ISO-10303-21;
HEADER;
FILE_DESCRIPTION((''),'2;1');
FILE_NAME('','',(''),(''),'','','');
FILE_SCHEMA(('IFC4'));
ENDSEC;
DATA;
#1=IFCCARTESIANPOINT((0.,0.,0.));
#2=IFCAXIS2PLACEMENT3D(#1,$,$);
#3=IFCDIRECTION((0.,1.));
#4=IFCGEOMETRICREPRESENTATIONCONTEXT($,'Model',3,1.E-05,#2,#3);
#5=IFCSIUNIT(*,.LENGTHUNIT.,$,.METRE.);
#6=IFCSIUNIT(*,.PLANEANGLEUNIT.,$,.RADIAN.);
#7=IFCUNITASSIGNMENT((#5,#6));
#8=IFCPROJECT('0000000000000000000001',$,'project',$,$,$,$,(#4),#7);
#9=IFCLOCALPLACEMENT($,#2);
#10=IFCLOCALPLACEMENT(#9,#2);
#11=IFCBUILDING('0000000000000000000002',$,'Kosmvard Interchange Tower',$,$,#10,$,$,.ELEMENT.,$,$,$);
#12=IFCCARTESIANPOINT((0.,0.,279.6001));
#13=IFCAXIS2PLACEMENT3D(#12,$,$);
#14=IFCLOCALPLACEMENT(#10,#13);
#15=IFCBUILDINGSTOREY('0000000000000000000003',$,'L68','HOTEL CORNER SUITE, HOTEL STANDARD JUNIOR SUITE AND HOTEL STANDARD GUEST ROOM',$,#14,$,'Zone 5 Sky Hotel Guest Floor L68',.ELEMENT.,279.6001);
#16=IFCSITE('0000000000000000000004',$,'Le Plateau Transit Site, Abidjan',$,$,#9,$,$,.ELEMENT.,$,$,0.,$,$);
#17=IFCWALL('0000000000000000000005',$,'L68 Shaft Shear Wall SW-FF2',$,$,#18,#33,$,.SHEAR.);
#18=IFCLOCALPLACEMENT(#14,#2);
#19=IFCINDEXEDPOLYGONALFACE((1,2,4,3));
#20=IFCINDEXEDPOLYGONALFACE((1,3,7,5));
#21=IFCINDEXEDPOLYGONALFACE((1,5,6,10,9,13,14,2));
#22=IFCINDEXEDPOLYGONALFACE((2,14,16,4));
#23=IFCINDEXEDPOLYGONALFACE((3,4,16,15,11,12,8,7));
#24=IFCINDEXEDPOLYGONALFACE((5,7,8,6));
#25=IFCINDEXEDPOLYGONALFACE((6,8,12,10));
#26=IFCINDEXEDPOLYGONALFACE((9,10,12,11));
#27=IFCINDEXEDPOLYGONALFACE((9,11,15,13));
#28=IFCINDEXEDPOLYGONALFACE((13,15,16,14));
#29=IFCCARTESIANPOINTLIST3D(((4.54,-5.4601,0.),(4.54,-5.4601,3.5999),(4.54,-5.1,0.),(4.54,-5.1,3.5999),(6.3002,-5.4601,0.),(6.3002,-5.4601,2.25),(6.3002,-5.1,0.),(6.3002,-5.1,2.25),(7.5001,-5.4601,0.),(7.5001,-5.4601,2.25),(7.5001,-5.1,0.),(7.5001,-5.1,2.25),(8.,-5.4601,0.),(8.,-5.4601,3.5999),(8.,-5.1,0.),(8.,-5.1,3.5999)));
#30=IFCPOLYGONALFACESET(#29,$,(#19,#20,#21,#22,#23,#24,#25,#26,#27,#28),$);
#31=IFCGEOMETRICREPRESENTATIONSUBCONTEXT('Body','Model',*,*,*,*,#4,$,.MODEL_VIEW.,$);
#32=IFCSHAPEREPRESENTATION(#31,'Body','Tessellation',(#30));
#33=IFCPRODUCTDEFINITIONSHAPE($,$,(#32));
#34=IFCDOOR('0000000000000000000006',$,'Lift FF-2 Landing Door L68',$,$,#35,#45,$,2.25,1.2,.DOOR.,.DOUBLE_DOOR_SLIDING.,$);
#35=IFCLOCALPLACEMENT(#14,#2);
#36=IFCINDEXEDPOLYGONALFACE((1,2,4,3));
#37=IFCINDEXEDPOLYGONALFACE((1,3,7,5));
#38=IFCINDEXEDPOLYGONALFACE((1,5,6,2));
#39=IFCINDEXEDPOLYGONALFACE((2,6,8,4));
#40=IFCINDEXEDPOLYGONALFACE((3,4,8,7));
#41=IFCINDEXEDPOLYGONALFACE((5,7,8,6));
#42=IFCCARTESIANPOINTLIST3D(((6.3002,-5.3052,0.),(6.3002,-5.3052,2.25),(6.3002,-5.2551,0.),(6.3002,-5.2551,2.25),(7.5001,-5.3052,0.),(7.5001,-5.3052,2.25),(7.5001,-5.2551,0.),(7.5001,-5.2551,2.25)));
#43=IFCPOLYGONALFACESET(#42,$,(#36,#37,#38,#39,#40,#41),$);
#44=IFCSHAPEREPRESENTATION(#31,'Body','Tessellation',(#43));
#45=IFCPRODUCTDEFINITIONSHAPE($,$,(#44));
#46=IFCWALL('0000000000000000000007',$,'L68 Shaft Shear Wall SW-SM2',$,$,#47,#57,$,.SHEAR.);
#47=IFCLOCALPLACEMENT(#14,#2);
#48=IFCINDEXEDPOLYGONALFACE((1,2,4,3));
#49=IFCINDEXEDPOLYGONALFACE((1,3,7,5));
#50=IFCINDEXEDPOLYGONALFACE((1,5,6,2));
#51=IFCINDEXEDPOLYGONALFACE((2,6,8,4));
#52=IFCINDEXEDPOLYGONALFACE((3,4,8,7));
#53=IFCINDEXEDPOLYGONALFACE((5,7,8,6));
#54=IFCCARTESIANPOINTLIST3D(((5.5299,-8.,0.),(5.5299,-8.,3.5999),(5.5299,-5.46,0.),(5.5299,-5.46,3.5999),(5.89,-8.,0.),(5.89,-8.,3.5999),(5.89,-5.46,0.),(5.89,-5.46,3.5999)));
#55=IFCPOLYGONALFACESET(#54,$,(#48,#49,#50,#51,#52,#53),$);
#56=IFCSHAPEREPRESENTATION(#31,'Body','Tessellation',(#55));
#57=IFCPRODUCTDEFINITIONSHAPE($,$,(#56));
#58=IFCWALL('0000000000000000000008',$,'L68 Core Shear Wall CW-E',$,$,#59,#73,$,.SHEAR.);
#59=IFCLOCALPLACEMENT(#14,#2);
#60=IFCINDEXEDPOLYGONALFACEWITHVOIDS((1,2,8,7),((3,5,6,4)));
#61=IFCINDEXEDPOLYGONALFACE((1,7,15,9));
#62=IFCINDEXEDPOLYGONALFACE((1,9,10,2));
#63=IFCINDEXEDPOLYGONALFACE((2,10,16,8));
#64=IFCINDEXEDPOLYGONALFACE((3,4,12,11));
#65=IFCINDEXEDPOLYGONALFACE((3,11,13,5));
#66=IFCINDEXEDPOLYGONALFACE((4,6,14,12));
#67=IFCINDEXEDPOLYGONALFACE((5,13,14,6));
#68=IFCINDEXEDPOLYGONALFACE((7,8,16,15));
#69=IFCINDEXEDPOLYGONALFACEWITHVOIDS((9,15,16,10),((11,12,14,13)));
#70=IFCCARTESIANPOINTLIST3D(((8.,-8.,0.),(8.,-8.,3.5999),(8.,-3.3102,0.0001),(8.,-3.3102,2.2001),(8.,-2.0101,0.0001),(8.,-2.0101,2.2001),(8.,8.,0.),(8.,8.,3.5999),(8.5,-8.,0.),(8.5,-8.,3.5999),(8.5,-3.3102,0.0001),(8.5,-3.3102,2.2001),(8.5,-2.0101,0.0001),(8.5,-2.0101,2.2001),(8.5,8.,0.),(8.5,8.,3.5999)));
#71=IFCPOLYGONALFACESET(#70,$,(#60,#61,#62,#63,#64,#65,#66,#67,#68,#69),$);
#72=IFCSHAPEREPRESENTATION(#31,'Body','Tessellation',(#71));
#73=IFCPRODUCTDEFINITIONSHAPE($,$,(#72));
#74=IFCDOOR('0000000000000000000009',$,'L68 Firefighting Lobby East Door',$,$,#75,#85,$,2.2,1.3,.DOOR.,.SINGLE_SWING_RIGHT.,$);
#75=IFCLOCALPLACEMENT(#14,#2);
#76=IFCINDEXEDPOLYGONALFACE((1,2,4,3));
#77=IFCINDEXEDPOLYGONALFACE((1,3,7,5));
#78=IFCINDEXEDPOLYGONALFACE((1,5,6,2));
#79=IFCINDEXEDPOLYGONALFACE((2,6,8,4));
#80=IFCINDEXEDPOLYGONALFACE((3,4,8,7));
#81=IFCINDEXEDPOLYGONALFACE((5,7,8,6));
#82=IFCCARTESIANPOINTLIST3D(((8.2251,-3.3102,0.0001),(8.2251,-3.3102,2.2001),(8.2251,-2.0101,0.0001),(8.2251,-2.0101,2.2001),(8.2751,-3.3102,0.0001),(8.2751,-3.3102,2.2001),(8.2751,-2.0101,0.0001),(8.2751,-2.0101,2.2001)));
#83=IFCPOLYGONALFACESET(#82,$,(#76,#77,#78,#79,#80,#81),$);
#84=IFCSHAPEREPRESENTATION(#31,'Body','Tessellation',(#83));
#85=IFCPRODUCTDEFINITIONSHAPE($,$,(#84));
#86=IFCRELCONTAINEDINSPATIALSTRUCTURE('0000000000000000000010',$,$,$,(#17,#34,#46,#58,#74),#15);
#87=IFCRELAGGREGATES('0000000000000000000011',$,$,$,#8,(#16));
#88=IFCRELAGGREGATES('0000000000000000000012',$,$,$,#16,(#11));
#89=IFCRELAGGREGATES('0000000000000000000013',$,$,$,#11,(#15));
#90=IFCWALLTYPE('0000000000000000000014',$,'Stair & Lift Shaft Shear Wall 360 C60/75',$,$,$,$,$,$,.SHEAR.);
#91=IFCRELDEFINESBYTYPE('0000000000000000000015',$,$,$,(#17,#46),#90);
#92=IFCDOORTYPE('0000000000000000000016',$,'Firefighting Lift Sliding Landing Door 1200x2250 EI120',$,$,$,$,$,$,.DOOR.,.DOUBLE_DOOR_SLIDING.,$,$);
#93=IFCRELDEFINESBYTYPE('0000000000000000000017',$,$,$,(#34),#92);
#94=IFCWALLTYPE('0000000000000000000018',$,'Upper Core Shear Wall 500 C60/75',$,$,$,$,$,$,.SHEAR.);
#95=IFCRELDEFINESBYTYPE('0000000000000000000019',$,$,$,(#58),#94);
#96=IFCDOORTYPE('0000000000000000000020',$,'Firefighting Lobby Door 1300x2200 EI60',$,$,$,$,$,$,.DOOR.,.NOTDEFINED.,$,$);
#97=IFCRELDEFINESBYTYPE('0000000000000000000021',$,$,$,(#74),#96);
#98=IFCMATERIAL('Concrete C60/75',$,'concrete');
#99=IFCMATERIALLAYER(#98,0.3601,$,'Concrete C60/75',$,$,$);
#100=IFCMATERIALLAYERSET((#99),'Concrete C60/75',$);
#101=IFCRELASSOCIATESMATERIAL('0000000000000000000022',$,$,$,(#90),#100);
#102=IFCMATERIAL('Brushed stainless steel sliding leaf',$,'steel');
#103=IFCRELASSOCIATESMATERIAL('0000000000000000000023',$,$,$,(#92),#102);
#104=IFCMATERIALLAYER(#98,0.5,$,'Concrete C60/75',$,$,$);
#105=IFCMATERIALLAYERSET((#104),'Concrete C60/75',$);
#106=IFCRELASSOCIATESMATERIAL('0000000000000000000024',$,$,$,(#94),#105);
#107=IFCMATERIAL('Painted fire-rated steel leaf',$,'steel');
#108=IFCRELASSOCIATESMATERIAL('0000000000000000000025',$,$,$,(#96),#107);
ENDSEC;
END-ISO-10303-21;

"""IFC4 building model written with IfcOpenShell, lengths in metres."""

from ifc_helpers import new_model, si_unit, direction, frame, frame_2d, origin, place, context, subcontext, project, spatial, rectangle, extrude, source, transform, mapped, material, layer, layer_set, type_object, element, fill, save


model = new_model("IFC4")

# Units and contexts
model_context = context("Model", 3, precision=1e-05, world=origin(), true_north=direction((0.0, 1.0)))
body_context = subcontext(model_context, "Body", "Model", "MODEL_VIEW")
ifc_project = project(units=[si_unit("LENGTHUNIT", "METRE"), si_unit("PLANEANGLEUNIT", "RADIAN")], contexts=[model_context])

# Site, building, storey
site_placement = place(None, origin())
site = spatial("IfcSite", under=ifc_project, at=site_placement, Name="Le Plateau Transit Site, Abidjan", CompositionType="ELEMENT", RefElevation=0.0)
building_placement = place(site_placement, origin())
building = spatial("IfcBuilding", under=site, at=building_placement, Name="Kosmvard Interchange Tower", CompositionType="ELEMENT")
storey_placement = place(building_placement, frame((0.0, 0.0, 279.6001)))
storey = spatial("IfcBuildingStorey", under=building, at=storey_placement, Name="L68", Description="HOTEL CORNER SUITE, HOTEL STANDARD JUNIOR SUITE AND HOTEL STANDARD GUEST ROOM", LongName="Zone 5 Sky Hotel Guest Floor L68", CompositionType="ELEMENT", Elevation=279.6001)

# Shared definitions
ifc_material_1 = material(Name="Painted fire-rated steel leaf", Category="steel")
ifc_material_2 = material(Name="Brushed stainless steel sliding leaf", Category="steel")

# Shared definitions
ifc_material_3 = material(Name="Concrete C60/75", Category="concrete")
ifc_layer_1 = layer(ifc_material_3, 0.3601, Name="Concrete C60/75")
ifc_layer_set_1 = layer_set([ifc_layer_1], Name="Concrete C60/75")
wall_type_1 = type_object("IfcWallType", Name="Stair & Lift Shaft Shear Wall 360 C60/75", PredefinedType="SHEAR", material=ifc_layer_set_1)

# Wall, opening, door
wall_1_placement = place(storey_placement, frame((4.54, -5.28, 0.0), z_axis=(0.0, 0.0, 1.0), x_axis=(1.0, 0.0, 0.0)))
wall_1 = element("IfcWall", 1, at=wall_1_placement, inside=storey, type_object=wall_type_1, Name="L68 Shaft Shear Wall SW-FF2", PredefinedType="SHEAR", context=body_context, shape_type="SweptSolid", body=[
    extrude(rectangle(XDim=3.46, YDim=0.3601, at=frame_2d((1.73, 0.0))), origin(), (0.0, 0.0, 1.0), 3.5999),
])
opening_1_placement = place(wall_1_placement, frame((1.76, 0.0, 0.0)))
opening_1 = element("IfcOpeningElement", 2, at=opening_1_placement, cuts=wall_1, PredefinedType="OPENING", context=body_context, shape_type="SweptSolid", body=[
    extrude(rectangle(XDim=1.2, YDim=2.25, at=frame_2d((0.6001, 1.125))), frame((0.0, 0.1899, 0.0), z_axis=(0.0, -1.0, 0.0), x_axis=(1.0, 0.0, 0.0)), (0.0, 0.0, 1.0), 0.3801),
])
door_type_1 = type_object("IfcDoorType", Name="Firefighting Lift Sliding Landing Door 1200x2250 EI120", OperationType="DOUBLE_DOOR_SLIDING", PredefinedType="DOOR", material=ifc_material_2)
shared_shape_1 = source(origin(), body_context, "Body", "SweptSolid", [
    extrude(rectangle(XDim=1.2, YDim=2.25, at=frame_2d((0.6001, 1.125))), frame((0.0, 0.0249, 0.0), z_axis=(0.0, -1.0, 0.0), x_axis=(1.0, 0.0, 0.0)), (0.0, 0.0, 1.0), 0.05),
])
door_1_placement = place(opening_1_placement, origin())
door_1 = element("IfcDoor", 3, at=door_1_placement, inside=storey, type_object=door_type_1, Name="Lift FF-2 Landing Door L68", OperationType="DOUBLE_DOOR_SLIDING", OverallHeight=2.25, OverallWidth=1.2, PredefinedType="DOOR", context=body_context, shape_type="MappedRepresentation", body=[
    mapped(shared_shape_1, transform((0.0, 0.0, 0.0), scale=1.0)),
])
fill(opening_1, door_1)

# Wall
wall_2_placement = place(storey_placement, frame((5.71, -8.0, 0.0), z_axis=(0.0, 0.0, 1.0), x_axis=(0.0, 1.0, 0.0)))
element("IfcWall", 4, at=wall_2_placement, inside=storey, type_object=wall_type_1, Name="L68 Shaft Shear Wall SW-SM2", PredefinedType="SHEAR", context=body_context, shape_type="SweptSolid", body=[
    extrude(rectangle(XDim=2.54, YDim=0.3601, at=frame_2d((1.27, 0.0))), origin(), (0.0, 0.0, 1.0), 3.5999),
])

# Wall, opening, door
ifc_layer_2 = layer(ifc_material_3, 0.5, Name="Concrete C60/75")
ifc_layer_set_2 = layer_set([ifc_layer_2], Name="Concrete C60/75")
wall_type_2 = type_object("IfcWallType", Name="Upper Core Shear Wall 500 C60/75", PredefinedType="SHEAR", material=ifc_layer_set_2)
wall_3_placement = place(storey_placement, frame((8.25, -8.0, 0.0), z_axis=(0.0, 0.0, 1.0), x_axis=(0.0, 1.0, 0.0)))
wall_3 = element("IfcWall", 5, at=wall_3_placement, inside=storey, type_object=wall_type_2, Name="L68 Core Shear Wall CW-E", PredefinedType="SHEAR", context=body_context, shape_type="SweptSolid", body=[
    extrude(rectangle(XDim=16.0, YDim=0.5, at=frame_2d((8.0, 0.0))), origin(), (0.0, 0.0, 1.0), 3.5999),
])
opening_2_placement = place(wall_3_placement, frame((4.6899, 0.0, 0.0)))
opening_2 = element("IfcOpeningElement", 6, at=opening_2_placement, cuts=wall_3, PredefinedType="OPENING", context=body_context, shape_type="SweptSolid", body=[
    extrude(rectangle(XDim=1.3, YDim=2.2, at=frame_2d((0.6499, 1.1001))), frame((0.0, 0.26, 0.0), z_axis=(0.0, -1.0, 0.0), x_axis=(1.0, 0.0, 0.0)), (0.0, 0.0, 1.0), 0.52),
])
door_type_2 = type_object("IfcDoorType", Name="Firefighting Lobby Door 1300x2200 EI60", OperationType="NOTDEFINED", PredefinedType="DOOR", material=ifc_material_1)
shared_shape_2 = source(origin(), body_context, "Body", "SweptSolid", [
    extrude(rectangle(XDim=1.3, YDim=2.2, at=frame_2d((0.6499, 1.1001))), frame((0.0, 0.0249, 0.0), z_axis=(0.0, -1.0, 0.0), x_axis=(1.0, 0.0, 0.0)), (0.0, 0.0, 1.0), 0.05),
])
door_2_placement = place(opening_2_placement, origin())
door_2 = element("IfcDoor", 7, at=door_2_placement, inside=storey, type_object=door_type_2, Name="L68 Firefighting Lobby East Door", OperationType="SINGLE_SWING_RIGHT", OverallHeight=2.2, OverallWidth=1.3, PredefinedType="DOOR", context=body_context, shape_type="MappedRepresentation", body=[
    mapped(shared_shape_2, transform((0.0, 0.0, 0.0), scale=1.0)),
])
fill(opening_2, door_2)

save(model, "model.ifc")
